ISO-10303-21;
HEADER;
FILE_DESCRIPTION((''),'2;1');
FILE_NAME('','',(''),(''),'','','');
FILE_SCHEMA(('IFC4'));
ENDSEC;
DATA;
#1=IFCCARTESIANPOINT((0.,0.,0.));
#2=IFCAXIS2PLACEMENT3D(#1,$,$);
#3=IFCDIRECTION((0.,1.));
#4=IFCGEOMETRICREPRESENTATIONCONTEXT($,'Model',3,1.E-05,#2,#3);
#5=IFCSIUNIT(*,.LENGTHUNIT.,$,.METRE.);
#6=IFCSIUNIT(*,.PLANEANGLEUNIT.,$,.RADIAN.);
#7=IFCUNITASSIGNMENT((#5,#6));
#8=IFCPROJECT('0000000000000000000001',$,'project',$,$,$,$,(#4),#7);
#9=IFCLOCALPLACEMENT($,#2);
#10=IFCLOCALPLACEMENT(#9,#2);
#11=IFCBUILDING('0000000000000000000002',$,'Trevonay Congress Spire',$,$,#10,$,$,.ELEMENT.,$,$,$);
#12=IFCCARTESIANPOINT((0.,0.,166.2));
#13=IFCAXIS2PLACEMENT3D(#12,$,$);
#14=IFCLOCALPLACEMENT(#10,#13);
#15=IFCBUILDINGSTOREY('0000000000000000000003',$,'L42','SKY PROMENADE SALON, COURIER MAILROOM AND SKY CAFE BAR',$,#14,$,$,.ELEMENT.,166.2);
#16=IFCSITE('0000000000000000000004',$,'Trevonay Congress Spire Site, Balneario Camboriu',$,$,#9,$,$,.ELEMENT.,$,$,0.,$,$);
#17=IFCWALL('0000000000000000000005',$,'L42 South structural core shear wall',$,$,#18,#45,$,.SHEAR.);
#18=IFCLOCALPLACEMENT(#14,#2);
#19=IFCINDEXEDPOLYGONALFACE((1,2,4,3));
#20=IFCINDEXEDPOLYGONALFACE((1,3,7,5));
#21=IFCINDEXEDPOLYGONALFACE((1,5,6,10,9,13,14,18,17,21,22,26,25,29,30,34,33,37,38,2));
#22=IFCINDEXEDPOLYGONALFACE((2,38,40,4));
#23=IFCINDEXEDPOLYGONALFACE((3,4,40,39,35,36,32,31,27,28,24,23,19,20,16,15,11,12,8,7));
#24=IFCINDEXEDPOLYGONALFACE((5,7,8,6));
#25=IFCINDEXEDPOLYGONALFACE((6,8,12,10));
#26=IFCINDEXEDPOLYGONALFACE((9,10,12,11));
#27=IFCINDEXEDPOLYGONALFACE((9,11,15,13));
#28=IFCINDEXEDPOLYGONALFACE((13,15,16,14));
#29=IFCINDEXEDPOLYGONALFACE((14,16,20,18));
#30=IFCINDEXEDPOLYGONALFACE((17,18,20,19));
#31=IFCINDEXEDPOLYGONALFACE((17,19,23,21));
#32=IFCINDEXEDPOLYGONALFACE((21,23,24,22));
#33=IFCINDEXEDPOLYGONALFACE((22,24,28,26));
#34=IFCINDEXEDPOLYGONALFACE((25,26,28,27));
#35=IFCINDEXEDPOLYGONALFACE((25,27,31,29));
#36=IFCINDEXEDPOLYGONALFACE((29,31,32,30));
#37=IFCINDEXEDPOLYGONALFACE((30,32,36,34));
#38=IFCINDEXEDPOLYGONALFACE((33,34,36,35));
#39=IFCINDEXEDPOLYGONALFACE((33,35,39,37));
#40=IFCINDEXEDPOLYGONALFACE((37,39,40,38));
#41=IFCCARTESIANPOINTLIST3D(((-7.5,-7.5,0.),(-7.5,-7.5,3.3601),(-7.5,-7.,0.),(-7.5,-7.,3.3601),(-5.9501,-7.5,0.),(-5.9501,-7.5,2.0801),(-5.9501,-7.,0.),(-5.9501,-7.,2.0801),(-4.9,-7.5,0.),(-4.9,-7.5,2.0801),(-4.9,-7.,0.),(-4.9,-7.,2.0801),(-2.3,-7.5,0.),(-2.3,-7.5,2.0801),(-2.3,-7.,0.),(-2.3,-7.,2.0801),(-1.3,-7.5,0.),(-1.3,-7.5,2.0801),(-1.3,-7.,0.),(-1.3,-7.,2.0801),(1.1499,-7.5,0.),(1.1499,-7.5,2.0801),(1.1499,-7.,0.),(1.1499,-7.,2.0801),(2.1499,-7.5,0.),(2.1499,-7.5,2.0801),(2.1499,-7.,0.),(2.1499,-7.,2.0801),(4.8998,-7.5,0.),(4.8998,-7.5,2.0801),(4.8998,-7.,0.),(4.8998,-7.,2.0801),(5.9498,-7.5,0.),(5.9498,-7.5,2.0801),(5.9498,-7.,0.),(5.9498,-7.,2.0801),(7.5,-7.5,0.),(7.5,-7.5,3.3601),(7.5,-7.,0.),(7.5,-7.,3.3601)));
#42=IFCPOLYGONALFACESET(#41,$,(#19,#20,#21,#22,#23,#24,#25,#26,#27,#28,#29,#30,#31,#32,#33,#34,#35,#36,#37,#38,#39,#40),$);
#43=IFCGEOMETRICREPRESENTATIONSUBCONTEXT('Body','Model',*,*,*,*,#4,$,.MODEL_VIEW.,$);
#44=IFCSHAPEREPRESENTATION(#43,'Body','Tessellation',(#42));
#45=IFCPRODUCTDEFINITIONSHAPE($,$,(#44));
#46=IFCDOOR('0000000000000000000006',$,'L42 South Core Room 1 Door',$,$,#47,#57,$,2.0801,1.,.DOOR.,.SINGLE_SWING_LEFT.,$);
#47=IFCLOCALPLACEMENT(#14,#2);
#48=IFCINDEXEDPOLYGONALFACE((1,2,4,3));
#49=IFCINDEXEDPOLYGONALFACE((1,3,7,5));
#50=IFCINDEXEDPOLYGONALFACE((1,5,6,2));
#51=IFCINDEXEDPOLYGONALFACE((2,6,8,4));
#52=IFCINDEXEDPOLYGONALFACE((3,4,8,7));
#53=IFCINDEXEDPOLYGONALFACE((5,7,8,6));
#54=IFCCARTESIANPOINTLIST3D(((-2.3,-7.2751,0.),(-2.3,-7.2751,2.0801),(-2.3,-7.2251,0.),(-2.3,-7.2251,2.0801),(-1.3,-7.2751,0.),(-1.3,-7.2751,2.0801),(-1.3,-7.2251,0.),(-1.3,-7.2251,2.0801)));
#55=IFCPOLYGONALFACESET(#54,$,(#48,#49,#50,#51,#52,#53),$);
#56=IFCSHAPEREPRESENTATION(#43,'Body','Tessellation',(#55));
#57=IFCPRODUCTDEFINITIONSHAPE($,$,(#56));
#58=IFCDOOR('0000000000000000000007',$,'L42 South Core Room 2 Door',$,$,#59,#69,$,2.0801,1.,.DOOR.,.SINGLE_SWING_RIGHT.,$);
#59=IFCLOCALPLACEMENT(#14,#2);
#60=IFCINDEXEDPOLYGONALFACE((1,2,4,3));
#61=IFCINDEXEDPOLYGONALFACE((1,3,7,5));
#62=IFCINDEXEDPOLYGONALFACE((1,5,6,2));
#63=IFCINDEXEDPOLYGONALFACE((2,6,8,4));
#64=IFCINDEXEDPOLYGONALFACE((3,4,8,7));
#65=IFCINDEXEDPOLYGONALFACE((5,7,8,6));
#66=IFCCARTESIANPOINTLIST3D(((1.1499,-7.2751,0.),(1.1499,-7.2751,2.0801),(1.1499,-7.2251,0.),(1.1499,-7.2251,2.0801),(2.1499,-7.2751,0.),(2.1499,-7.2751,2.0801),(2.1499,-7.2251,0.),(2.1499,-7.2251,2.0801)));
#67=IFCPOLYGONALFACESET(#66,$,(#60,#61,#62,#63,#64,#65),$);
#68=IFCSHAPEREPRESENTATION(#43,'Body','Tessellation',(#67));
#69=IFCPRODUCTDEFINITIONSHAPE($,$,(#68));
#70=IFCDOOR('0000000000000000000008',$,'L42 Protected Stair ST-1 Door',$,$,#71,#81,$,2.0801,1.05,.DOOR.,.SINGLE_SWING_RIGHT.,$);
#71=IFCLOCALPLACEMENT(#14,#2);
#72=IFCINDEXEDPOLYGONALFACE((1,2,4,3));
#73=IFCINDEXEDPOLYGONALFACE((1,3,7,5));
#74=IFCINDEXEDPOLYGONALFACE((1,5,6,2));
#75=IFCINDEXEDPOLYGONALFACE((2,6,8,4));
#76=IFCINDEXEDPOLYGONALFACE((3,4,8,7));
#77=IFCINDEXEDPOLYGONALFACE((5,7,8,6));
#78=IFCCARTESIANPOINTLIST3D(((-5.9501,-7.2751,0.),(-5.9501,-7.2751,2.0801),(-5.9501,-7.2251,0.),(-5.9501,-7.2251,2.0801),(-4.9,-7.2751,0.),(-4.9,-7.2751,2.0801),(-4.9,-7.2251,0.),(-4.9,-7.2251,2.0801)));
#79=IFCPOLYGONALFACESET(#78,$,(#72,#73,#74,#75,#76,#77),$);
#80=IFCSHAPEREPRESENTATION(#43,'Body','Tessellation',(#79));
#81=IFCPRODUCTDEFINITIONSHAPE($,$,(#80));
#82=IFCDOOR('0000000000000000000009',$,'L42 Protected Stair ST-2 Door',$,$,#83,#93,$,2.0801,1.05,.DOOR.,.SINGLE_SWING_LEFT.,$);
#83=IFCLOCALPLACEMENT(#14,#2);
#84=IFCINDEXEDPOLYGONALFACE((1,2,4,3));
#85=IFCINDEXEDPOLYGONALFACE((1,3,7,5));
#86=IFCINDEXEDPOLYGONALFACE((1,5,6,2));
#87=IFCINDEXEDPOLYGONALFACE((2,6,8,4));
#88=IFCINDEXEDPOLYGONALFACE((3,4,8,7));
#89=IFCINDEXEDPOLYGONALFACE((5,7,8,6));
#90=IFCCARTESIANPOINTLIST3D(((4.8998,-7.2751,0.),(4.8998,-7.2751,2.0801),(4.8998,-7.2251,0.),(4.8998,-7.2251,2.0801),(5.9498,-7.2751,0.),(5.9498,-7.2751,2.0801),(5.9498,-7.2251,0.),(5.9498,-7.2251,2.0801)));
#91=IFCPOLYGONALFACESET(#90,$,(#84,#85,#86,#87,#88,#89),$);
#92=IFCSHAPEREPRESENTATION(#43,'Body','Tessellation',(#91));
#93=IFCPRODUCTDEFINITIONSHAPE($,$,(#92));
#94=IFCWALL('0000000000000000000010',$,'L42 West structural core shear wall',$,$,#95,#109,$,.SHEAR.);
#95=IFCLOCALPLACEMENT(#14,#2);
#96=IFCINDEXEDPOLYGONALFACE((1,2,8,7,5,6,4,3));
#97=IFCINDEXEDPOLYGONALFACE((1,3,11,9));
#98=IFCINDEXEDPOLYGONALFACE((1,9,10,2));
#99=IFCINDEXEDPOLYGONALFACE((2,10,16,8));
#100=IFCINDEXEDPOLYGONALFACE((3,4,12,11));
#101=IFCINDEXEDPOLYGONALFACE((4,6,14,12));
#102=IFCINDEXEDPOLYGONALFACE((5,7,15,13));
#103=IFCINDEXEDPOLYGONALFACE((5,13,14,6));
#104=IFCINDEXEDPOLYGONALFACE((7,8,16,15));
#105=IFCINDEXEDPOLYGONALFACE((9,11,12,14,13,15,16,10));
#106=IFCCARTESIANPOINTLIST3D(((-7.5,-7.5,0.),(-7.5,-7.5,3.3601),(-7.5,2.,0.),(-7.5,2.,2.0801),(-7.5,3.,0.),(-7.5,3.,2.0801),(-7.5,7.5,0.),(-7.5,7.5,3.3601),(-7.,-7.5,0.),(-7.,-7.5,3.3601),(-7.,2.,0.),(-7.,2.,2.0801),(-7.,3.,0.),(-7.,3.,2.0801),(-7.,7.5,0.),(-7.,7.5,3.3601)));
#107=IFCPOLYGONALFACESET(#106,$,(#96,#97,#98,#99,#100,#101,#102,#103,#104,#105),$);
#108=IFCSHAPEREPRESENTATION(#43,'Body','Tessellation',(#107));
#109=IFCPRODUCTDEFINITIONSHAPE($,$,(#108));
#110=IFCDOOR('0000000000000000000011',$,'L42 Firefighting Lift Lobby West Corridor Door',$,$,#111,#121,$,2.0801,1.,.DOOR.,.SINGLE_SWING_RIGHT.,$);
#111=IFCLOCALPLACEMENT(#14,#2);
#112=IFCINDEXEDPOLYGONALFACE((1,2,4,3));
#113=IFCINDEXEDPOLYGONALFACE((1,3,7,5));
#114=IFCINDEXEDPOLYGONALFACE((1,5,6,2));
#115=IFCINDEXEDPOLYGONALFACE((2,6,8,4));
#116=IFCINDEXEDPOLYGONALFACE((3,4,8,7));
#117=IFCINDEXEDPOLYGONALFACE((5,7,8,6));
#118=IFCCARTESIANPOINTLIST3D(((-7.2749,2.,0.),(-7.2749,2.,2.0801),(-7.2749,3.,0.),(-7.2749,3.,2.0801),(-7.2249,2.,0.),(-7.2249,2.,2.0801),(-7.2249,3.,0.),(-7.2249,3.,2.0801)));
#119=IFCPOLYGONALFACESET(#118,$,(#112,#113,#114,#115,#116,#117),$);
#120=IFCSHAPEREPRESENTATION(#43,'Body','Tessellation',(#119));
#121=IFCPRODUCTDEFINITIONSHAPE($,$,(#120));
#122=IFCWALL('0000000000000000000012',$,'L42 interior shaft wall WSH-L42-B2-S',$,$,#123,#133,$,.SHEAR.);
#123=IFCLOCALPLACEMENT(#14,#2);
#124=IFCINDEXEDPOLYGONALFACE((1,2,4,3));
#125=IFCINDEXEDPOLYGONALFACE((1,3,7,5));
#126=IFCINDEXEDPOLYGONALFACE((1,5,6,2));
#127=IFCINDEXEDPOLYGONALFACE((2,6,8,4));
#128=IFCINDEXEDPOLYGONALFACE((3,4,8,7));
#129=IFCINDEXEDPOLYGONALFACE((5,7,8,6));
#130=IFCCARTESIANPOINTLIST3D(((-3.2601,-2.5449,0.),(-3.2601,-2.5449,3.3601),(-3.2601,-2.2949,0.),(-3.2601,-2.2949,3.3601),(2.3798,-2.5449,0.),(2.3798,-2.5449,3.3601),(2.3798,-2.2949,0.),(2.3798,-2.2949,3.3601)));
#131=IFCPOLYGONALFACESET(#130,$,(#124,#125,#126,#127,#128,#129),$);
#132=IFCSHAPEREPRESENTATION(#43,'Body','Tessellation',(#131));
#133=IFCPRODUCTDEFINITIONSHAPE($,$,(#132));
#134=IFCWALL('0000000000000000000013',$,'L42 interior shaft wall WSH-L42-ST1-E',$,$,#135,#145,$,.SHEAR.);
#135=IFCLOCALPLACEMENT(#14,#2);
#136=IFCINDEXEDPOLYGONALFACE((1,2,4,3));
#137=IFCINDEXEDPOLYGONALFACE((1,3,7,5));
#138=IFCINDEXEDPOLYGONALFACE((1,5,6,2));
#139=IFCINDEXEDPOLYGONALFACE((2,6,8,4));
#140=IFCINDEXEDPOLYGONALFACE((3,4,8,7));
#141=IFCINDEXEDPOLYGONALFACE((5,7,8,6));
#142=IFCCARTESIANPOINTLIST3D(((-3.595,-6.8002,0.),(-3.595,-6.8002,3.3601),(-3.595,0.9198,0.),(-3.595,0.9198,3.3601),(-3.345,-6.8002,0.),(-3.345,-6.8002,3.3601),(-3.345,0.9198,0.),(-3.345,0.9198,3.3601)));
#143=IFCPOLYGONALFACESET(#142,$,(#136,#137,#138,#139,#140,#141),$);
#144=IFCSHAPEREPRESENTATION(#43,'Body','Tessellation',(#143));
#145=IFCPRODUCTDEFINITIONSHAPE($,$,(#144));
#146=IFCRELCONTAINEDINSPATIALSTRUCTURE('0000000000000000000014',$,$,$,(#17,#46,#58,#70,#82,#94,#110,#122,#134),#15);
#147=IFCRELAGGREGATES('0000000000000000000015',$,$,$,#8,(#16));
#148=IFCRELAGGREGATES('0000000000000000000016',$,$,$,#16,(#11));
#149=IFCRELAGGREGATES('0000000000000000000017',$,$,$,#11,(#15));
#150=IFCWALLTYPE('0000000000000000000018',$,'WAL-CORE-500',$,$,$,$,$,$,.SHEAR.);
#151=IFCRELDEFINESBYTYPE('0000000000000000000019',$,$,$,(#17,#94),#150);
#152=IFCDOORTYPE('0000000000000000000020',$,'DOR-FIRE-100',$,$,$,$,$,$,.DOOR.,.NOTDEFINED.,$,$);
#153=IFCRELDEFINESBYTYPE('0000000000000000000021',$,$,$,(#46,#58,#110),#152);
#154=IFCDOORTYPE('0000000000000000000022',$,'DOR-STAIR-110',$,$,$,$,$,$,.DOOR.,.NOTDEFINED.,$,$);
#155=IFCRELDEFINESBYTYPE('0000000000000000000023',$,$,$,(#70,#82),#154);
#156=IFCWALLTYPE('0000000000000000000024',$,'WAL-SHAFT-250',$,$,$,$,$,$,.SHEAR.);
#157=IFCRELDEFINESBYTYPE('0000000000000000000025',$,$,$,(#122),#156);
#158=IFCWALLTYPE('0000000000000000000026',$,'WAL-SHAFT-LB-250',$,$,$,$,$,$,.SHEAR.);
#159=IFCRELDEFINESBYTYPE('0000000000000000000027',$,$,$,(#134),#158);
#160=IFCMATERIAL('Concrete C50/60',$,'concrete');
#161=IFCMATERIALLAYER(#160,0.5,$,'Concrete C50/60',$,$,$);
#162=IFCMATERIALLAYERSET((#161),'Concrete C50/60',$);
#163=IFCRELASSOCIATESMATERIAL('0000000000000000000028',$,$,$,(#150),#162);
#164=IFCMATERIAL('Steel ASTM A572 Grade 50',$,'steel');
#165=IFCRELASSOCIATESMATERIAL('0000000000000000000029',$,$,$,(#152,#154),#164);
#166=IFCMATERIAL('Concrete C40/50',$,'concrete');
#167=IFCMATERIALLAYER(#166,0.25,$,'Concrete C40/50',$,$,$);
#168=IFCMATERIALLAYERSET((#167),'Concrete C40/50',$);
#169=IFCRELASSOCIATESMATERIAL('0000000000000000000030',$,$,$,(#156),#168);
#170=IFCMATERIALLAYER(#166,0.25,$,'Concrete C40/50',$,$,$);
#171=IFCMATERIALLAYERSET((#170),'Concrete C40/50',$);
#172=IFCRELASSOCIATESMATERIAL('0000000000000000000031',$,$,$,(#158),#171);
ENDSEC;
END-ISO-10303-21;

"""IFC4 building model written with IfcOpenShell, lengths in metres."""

from ifc_helpers import new_model, si_unit, direction, frame, frame_2d, origin, place, context, subcontext, project, spatial, rectangle, extrude, material, layer, layer_set, type_object, element, fill, save


model = new_model("IFC4")

# Units and contexts
model_context = context("Model", 3, precision=1e-05, world=origin(), true_north=direction((0.0, 1.0)))
body_context = subcontext(model_context, "Body", "Model", "MODEL_VIEW")
ifc_project = project(units=[si_unit("LENGTHUNIT", "METRE"), si_unit("PLANEANGLEUNIT", "RADIAN")], contexts=[model_context])

# Site, building, storey
site_placement = place(None, origin())
site = spatial("IfcSite", under=ifc_project, at=site_placement, Name="Trevonay Congress Spire Site, Balneario Camboriu", CompositionType="ELEMENT", RefElevation=0.0)
building_placement = place(site_placement, origin())
building = spatial("IfcBuilding", under=site, at=building_placement, Name="Trevonay Congress Spire", CompositionType="ELEMENT")
storey_placement = place(building_placement, frame((0.0, 0.0, 166.2)))
storey = spatial("IfcBuildingStorey", under=building, at=storey_placement, Name="L42", Description="SKY PROMENADE SALON, COURIER MAILROOM AND SKY CAFE BAR", CompositionType="ELEMENT", Elevation=166.2)

# Shared definitions
ifc_material_1 = material(Name="Steel ASTM A572 Grade 50", Category="steel")

# Shared definitions
ifc_material_2 = material(Name="Concrete C40/50", Category="concrete")

# Wall, openings, doors
ifc_material_3 = material(Name="Concrete C50/60", Category="concrete")
ifc_layer_1 = layer(ifc_material_3, 0.5, Name="Concrete C50/60")
ifc_layer_set_1 = layer_set([ifc_layer_1], Name="Concrete C50/60")
wall_type_1 = type_object("IfcWallType", Name="WAL-CORE-500", PredefinedType="SHEAR", material=ifc_layer_set_1)
wall_1_placement = place(storey_placement, frame((-7.5, -7.25, 0.0), z_axis=(0.0, 0.0, 1.0), x_axis=(1.0, 0.0, 0.0)))
wall_1 = element("IfcWall", 1, at=wall_1_placement, inside=storey, type_object=wall_type_1, Name="L42 South structural core shear wall", PredefinedType="SHEAR", context=body_context, shape_type="SweptSolid", body=[
    extrude(rectangle(XDim=15.0, YDim=0.5, at=frame_2d((7.5, 0.0))), origin(), (0.0, 0.0, 1.0), 3.3601),
])
opening_1_placement = place(wall_1_placement, frame((1.55, 0.0, 0.0)))
opening_1 = element("IfcOpeningElement", 2, at=opening_1_placement, cuts=wall_1, PredefinedType="OPENING", context=body_context, shape_type="SweptSolid", body=[
    extrude(rectangle(XDim=1.05, YDim=2.0801, at=frame_2d((0.5249, 1.04))), frame((0.0, 0.26, 0.0), z_axis=(0.0, -1.0, 0.0), x_axis=(1.0, 0.0, 0.0)), (0.0, 0.0, 1.0), 0.52),
])
opening_2_placement = place(wall_1_placement, frame((12.3999, 0.0, 0.0)))
opening_2 = element("IfcOpeningElement", 3, at=opening_2_placement, cuts=wall_1, PredefinedType="OPENING", context=body_context, shape_type="SweptSolid", body=[
    extrude(rectangle(XDim=1.05, YDim=2.0801, at=frame_2d((0.5249, 1.04))), frame((0.0, 0.26, 0.0), z_axis=(0.0, -1.0, 0.0), x_axis=(1.0, 0.0, 0.0)), (0.0, 0.0, 1.0), 0.52),
])
opening_3_placement = place(wall_1_placement, frame((5.2, 0.0, 0.0)))
opening_3 = element("IfcOpeningElement", 4, at=opening_3_placement, cuts=wall_1, PredefinedType="OPENING", context=body_context, shape_type="SweptSolid", body=[
    extrude(rectangle(XDim=1.0, YDim=2.0801, at=frame_2d((0.5, 1.04))), frame((0.0, 0.26, 0.0), z_axis=(0.0, -1.0, 0.0), x_axis=(1.0, 0.0, 0.0)), (0.0, 0.0, 1.0), 0.52),
])
opening_4_placement = place(wall_1_placement, frame((8.6499, 0.0, 0.0)))
opening_4 = element("IfcOpeningElement", 5, at=opening_4_placement, cuts=wall_1, PredefinedType="OPENING", context=body_context, shape_type="SweptSolid", body=[
    extrude(rectangle(XDim=1.0, YDim=2.0801, at=frame_2d((0.5, 1.04))), frame((0.0, 0.26, 0.0), z_axis=(0.0, -1.0, 0.0), x_axis=(1.0, 0.0, 0.0)), (0.0, 0.0, 1.0), 0.52),
])
door_type_1 = type_object("IfcDoorType", Name="DOR-FIRE-100", OperationType="NOTDEFINED", PredefinedType="DOOR", material=ifc_material_1)
door_1_placement = place(opening_3_placement, origin())
door_1 = element("IfcDoor", 6, at=door_1_placement, inside=storey, type_object=door_type_1, Name="L42 South Core Room 1 Door", OperationType="SINGLE_SWING_LEFT", OverallHeight=2.0801, OverallWidth=1.0, PredefinedType="DOOR", context=body_context, shape_type="SweptSolid", body=[
    extrude(rectangle(XDim=1.0, YDim=2.0801, at=frame_2d((0.5, 1.04))), frame((0.0, 0.0249, 0.0), z_axis=(0.0, -1.0, 0.0), x_axis=(1.0, 0.0, 0.0)), (0.0, 0.0, 1.0), 0.05),
])
fill(opening_3, door_1)
door_2_placement = place(opening_4_placement, origin())
door_2 = element("IfcDoor", 7, at=door_2_placement, inside=storey, type_object=door_type_1, Name="L42 South Core Room 2 Door", OperationType="SINGLE_SWING_RIGHT", OverallHeight=2.0801, OverallWidth=1.0, PredefinedType="DOOR", context=body_context, shape_type="SweptSolid", body=[
    extrude(rectangle(XDim=1.0, YDim=2.0801, at=frame_2d((0.5, 1.04))), frame((0.0, 0.0249, 0.0), z_axis=(0.0, -1.0, 0.0), x_axis=(1.0, 0.0, 0.0)), (0.0, 0.0, 1.0), 0.05),
])
fill(opening_4, door_2)
door_type_2 = type_object("IfcDoorType", Name="DOR-STAIR-110", OperationType="NOTDEFINED", PredefinedType="DOOR", material=ifc_material_1)
door_3_placement = place(opening_1_placement, origin())
door_3 = element("IfcDoor", 8, at=door_3_placement, inside=storey, type_object=door_type_2, Name="L42 Protected Stair ST-1 Door", OperationType="SINGLE_SWING_RIGHT", OverallHeight=2.0801, OverallWidth=1.05, PredefinedType="DOOR", context=body_context, shape_type="SweptSolid", body=[
    extrude(rectangle(XDim=1.05, YDim=2.0801, at=frame_2d((0.5249, 1.04))), frame((0.0, 0.0249, 0.0), z_axis=(0.0, -1.0, 0.0), x_axis=(1.0, 0.0, 0.0)), (0.0, 0.0, 1.0), 0.05),
])
fill(opening_1, door_3)
door_4_placement = place(opening_2_placement, origin())
door_4 = element("IfcDoor", 9, at=door_4_placement, inside=storey, type_object=door_type_2, Name="L42 Protected Stair ST-2 Door", OperationType="SINGLE_SWING_LEFT", OverallHeight=2.0801, OverallWidth=1.05, PredefinedType="DOOR", context=body_context, shape_type="SweptSolid", body=[
    extrude(rectangle(XDim=1.05, YDim=2.0801, at=frame_2d((0.5249, 1.04))), frame((0.0, 0.0249, 0.0), z_axis=(0.0, -1.0, 0.0), x_axis=(1.0, 0.0, 0.0)), (0.0, 0.0, 1.0), 0.05),
])
fill(opening_2, door_4)

# Wall, opening, door
wall_2_placement = place(storey_placement, frame((-7.25, -7.5, 0.0), z_axis=(0.0, 0.0, 1.0), x_axis=(0.0, 1.0, 0.0)))
wall_2 = element("IfcWall", 10, at=wall_2_placement, inside=storey, type_object=wall_type_1, Name="L42 West structural core shear wall", PredefinedType="SHEAR", context=body_context, shape_type="SweptSolid", body=[
    extrude(rectangle(XDim=15.0, YDim=0.5, at=frame_2d((7.5, 0.0))), origin(), (0.0, 0.0, 1.0), 3.3601),
])
opening_5_placement = place(wall_2_placement, frame((9.5, 0.0, 0.0)))
opening_5 = element("IfcOpeningElement", 11, at=opening_5_placement, cuts=wall_2, PredefinedType="OPENING", context=body_context, shape_type="SweptSolid", body=[
    extrude(rectangle(XDim=1.0, YDim=2.0801, at=frame_2d((0.5, 1.04))), frame((0.0, 0.26, 0.0), z_axis=(0.0, -1.0, 0.0), x_axis=(1.0, 0.0, 0.0)), (0.0, 0.0, 1.0), 0.52),
])
door_5_placement = place(opening_5_placement, origin())
door_5 = element("IfcDoor", 12, at=door_5_placement, inside=storey, type_object=door_type_1, Name="L42 Firefighting Lift Lobby West Corridor Door", OperationType="SINGLE_SWING_RIGHT", OverallHeight=2.0801, OverallWidth=1.0, PredefinedType="DOOR", context=body_context, shape_type="SweptSolid", body=[
    extrude(rectangle(XDim=1.0, YDim=2.0801, at=frame_2d((0.5, 1.04))), frame((0.0, 0.0249, 0.0), z_axis=(0.0, -1.0, 0.0), x_axis=(1.0, 0.0, 0.0)), (0.0, 0.0, 1.0), 0.05),
])
fill(opening_5, door_5)

# Walls
ifc_layer_2 = layer(ifc_material_2, 0.25, Name="Concrete C40/50")
ifc_layer_set_2 = layer_set([ifc_layer_2], Name="Concrete C40/50")
wall_type_2 = type_object("IfcWallType", Name="WAL-SHAFT-250", PredefinedType="SHEAR", material=ifc_layer_set_2)
wall_3_placement = place(storey_placement, frame((-3.26, -2.4199, 0.0), z_axis=(0.0, 0.0, 1.0), x_axis=(1.0, 0.0, 0.0)))
element("IfcWall", 13, at=wall_3_placement, inside=storey, type_object=wall_type_2, Name="L42 interior shaft wall WSH-L42-B2-S", PredefinedType="SHEAR", context=body_context, shape_type="SweptSolid", body=[
    extrude(rectangle(XDim=5.6399, YDim=0.25, at=frame_2d((2.8198, 0.0))), origin(), (0.0, 0.0, 1.0), 3.3601),
])
ifc_layer_3 = layer(ifc_material_2, 0.25, Name="Concrete C40/50")
ifc_layer_set_3 = layer_set([ifc_layer_3], Name="Concrete C40/50")
wall_type_3 = type_object("IfcWallType", Name="WAL-SHAFT-LB-250", PredefinedType="SHEAR", material=ifc_layer_set_3)
wall_4_placement = place(storey_placement, frame((-3.47, -6.8, 0.0), z_axis=(0.0, 0.0, 1.0), x_axis=(0.0, 1.0, 0.0)))
element("IfcWall", 14, at=wall_4_placement, inside=storey, type_object=wall_type_3, Name="L42 interior shaft wall WSH-L42-ST1-E", PredefinedType="SHEAR", context=body_context, shape_type="SweptSolid", body=[
    extrude(rectangle(XDim=7.72, YDim=0.25, at=frame_2d((3.8599, 0.0))), origin(), (0.0, 0.0, 1.0), 3.3601),
])

save(model, "model.ifc")
